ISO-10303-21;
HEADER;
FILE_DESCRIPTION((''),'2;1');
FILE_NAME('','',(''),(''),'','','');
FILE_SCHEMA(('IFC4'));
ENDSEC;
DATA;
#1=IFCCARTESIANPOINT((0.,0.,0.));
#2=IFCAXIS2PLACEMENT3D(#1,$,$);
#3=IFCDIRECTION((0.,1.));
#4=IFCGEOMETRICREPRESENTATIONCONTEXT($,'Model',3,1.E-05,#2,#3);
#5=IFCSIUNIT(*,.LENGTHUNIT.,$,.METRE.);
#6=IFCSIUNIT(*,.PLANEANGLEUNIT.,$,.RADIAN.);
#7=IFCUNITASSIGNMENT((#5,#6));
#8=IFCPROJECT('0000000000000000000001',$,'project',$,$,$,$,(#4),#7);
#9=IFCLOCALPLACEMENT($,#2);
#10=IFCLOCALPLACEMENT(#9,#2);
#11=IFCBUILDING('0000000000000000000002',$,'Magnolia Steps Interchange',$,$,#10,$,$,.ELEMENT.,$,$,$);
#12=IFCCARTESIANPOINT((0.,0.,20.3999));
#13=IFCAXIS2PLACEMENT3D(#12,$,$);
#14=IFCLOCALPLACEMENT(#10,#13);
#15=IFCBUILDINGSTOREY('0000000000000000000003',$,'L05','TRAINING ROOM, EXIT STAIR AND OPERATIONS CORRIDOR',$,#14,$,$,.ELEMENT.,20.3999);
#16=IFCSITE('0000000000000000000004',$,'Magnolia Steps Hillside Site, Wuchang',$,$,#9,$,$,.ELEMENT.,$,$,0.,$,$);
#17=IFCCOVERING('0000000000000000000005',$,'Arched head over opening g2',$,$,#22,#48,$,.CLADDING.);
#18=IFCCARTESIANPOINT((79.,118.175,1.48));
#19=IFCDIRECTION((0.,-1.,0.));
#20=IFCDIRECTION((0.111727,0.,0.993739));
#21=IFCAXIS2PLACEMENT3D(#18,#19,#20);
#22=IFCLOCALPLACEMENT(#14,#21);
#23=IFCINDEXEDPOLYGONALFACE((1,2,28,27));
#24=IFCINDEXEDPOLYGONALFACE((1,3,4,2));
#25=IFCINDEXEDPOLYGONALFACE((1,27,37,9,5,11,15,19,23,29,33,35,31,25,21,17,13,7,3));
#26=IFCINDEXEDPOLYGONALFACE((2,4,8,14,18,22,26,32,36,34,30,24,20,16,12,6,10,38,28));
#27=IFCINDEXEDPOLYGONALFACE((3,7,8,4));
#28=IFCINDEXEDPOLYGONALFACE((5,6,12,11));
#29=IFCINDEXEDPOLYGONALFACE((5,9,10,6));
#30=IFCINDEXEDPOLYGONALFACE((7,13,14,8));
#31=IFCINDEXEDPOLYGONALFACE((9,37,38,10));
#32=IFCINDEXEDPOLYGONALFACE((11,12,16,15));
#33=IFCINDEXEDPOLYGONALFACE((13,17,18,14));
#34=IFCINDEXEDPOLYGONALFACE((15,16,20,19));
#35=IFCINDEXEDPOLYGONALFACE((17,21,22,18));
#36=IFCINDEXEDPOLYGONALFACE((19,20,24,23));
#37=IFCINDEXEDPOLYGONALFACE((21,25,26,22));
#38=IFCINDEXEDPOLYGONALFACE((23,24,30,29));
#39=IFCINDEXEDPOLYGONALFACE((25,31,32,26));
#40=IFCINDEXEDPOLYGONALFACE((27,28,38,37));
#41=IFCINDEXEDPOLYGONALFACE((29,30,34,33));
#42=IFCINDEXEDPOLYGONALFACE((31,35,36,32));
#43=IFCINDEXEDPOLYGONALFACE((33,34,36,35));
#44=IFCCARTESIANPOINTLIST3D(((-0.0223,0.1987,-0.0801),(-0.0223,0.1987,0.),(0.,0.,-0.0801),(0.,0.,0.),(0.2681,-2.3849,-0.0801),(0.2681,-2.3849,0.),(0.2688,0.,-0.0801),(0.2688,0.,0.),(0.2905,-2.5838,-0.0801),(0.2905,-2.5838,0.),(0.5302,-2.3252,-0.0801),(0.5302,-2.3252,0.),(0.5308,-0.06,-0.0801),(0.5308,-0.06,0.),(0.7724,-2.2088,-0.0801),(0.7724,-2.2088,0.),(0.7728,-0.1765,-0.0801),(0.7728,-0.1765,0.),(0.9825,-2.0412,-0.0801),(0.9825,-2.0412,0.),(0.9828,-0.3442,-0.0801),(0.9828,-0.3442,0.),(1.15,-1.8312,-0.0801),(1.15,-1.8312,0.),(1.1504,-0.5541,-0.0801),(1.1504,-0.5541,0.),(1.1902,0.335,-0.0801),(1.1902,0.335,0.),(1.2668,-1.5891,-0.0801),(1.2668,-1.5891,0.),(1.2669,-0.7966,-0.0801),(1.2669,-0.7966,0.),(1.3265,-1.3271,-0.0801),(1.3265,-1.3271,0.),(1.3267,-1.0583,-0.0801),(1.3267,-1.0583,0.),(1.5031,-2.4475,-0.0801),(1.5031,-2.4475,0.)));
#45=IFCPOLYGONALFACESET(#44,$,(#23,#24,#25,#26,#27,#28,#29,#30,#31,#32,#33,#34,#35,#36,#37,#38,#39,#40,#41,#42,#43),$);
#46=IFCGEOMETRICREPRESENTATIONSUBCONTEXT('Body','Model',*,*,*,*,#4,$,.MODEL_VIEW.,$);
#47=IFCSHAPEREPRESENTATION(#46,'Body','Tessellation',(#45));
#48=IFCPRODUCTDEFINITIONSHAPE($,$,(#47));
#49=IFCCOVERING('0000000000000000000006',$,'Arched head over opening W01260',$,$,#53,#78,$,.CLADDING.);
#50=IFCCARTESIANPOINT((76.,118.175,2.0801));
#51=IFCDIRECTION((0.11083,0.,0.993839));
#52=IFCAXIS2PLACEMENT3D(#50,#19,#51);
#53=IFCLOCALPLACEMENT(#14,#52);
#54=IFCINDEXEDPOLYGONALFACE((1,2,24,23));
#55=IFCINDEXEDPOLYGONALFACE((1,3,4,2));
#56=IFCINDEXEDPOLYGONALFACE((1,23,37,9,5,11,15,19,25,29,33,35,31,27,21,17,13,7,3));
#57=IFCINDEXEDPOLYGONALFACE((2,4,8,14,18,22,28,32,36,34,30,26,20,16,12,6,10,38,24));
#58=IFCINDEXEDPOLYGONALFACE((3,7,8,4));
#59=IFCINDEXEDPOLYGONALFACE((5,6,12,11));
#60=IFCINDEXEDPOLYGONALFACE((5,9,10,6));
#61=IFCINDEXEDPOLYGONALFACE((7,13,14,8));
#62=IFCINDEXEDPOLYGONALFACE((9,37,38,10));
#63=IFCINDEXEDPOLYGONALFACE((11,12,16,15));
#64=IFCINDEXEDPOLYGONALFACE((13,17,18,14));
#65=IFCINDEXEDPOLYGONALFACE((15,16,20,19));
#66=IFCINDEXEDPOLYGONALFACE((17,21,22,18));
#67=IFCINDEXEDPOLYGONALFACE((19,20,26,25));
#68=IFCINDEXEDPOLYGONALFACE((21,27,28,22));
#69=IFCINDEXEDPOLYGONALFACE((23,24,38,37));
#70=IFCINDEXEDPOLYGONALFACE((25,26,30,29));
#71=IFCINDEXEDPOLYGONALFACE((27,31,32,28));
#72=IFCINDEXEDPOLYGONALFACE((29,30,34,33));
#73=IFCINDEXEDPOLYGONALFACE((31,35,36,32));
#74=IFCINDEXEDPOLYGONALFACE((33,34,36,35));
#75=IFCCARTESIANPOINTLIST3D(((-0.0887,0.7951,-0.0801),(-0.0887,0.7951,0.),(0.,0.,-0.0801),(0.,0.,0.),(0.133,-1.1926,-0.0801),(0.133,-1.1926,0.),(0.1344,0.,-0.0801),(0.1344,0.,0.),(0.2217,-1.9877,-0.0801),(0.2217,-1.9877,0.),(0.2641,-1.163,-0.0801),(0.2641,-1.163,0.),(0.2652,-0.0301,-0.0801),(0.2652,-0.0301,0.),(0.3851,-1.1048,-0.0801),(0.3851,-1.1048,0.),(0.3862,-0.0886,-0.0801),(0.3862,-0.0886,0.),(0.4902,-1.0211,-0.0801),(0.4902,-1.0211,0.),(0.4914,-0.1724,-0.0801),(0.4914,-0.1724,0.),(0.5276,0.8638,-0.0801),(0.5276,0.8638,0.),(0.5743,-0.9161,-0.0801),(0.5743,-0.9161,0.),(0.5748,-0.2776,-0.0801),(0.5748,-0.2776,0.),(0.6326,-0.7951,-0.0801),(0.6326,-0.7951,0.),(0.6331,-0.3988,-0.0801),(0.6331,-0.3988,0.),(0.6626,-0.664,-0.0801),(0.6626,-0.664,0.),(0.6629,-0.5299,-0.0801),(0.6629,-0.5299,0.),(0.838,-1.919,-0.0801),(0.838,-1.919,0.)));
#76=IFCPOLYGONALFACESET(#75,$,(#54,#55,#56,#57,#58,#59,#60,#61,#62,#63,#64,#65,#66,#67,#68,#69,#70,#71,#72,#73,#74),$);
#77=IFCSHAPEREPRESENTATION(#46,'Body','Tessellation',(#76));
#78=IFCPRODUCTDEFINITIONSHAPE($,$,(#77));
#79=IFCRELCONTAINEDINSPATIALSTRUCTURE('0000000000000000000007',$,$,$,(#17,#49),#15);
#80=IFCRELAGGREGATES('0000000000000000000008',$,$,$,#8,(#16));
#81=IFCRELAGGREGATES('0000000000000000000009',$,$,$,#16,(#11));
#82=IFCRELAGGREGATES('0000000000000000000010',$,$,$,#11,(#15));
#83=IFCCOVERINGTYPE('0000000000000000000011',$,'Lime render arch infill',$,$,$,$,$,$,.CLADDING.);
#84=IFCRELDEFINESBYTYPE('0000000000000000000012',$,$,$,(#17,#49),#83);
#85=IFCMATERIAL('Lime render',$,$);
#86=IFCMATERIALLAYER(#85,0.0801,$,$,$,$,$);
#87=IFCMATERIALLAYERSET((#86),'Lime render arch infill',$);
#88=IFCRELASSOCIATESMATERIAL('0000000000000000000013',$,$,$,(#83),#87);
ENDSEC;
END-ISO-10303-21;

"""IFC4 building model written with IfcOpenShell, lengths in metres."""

from ifc_helpers import new_model, si_unit, direction, frame, origin, place, context, subcontext, project, spatial, polyline, outline, extrude, material, layer, layer_set, type_object, element, save


model = new_model("IFC4")

# Units and contexts
model_context = context("Model", 3, precision=1e-05, world=origin(), true_north=direction((0.0, 1.0)))
body_context = subcontext(model_context, "Body", "Model", "MODEL_VIEW")
ifc_project = project(units=[si_unit("LENGTHUNIT", "METRE"), si_unit("PLANEANGLEUNIT", "RADIAN")], contexts=[model_context])

# Site, building, storey
site_placement = place(None, origin())
site = spatial("IfcSite", under=ifc_project, at=site_placement, Name="Magnolia Steps Hillside Site, Wuchang", CompositionType="ELEMENT", RefElevation=0.0)
building_placement = place(site_placement, origin())
building = spatial("IfcBuilding", under=site, at=building_placement, Name="Magnolia Steps Interchange", CompositionType="ELEMENT")
storey_placement = place(building_placement, frame((0.0, 0.0, 20.3999)))
storey = spatial("IfcBuildingStorey", under=building, at=storey_placement, Name="L05", Description="TRAINING ROOM, EXIT STAIR AND OPERATIONS CORRIDOR", CompositionType="ELEMENT", Elevation=20.3999)

# Coverings
ifc_material_1 = material(Name="Lime render")
ifc_layer_1 = layer(ifc_material_1, 0.0801)
ifc_layer_set_1 = layer_set([ifc_layer_1], Name="Lime render arch infill")
covering_type_1 = type_object("IfcCoveringType", Name="Lime render arch infill", PredefinedType="CLADDING", material=ifc_layer_set_1)
covering_1_placement = place(storey_placement, frame((79.0, 118.175, 1.48), z_axis=(0.0, -1.0, 0.0), x_axis=(0.111727, 0.0, 0.993739)))
element("IfcCovering", 1, at=covering_1_placement, inside=storey, type_object=covering_type_1, Name="Arched head over opening g2", PredefinedType="CLADDING", context=body_context, shape_type="SweptSolid", body=[
    extrude(outline(polyline([(0.0, 0.0), (0.2688, 0.0), (0.5308, -0.06), (0.7728, -0.1765), (0.9828, -0.3442), (1.1504, -0.5541), (1.2669, -0.7966), (1.3267, -1.0583), (1.3265, -1.3271), (1.2668, -1.5891), (1.15, -1.8312), (0.9825, -2.0412), (0.7724, -2.2088), (0.5302, -2.3252), (0.2681, -2.3849), (0.2905, -2.5838), (1.5031, -2.4475), (1.1902, 0.335), (-0.0223, 0.1987), (0.0, 0.0)])), origin(), (0.0, 0.0, -1.0), 0.0801),
])
covering_2_placement = place(storey_placement, frame((76.0, 118.175, 2.0801), z_axis=(0.0, -1.0, 0.0), x_axis=(0.11083, 0.0, 0.993839)))
element("IfcCovering", 2, at=covering_2_placement, inside=storey, type_object=covering_type_1, Name="Arched head over opening W01260", PredefinedType="CLADDING", context=body_context, shape_type="SweptSolid", body=[
    extrude(outline(polyline([(0.0, 0.0), (0.1344, 0.0), (0.2652, -0.0301), (0.3862, -0.0886), (0.4914, -0.1724), (0.5748, -0.2776), (0.6331, -0.3988), (0.6629, -0.5299), (0.6626, -0.664), (0.6326, -0.7951), (0.5743, -0.9161), (0.4902, -1.0211), (0.3851, -1.1048), (0.2641, -1.163), (0.133, -1.1926), (0.2217, -1.9877), (0.838, -1.919), (0.5276, 0.8638), (-0.0887, 0.7951), (0.0, 0.0)])), origin(), (0.0, 0.0, -1.0), 0.0801),
])

save(model, "model.ifc")
